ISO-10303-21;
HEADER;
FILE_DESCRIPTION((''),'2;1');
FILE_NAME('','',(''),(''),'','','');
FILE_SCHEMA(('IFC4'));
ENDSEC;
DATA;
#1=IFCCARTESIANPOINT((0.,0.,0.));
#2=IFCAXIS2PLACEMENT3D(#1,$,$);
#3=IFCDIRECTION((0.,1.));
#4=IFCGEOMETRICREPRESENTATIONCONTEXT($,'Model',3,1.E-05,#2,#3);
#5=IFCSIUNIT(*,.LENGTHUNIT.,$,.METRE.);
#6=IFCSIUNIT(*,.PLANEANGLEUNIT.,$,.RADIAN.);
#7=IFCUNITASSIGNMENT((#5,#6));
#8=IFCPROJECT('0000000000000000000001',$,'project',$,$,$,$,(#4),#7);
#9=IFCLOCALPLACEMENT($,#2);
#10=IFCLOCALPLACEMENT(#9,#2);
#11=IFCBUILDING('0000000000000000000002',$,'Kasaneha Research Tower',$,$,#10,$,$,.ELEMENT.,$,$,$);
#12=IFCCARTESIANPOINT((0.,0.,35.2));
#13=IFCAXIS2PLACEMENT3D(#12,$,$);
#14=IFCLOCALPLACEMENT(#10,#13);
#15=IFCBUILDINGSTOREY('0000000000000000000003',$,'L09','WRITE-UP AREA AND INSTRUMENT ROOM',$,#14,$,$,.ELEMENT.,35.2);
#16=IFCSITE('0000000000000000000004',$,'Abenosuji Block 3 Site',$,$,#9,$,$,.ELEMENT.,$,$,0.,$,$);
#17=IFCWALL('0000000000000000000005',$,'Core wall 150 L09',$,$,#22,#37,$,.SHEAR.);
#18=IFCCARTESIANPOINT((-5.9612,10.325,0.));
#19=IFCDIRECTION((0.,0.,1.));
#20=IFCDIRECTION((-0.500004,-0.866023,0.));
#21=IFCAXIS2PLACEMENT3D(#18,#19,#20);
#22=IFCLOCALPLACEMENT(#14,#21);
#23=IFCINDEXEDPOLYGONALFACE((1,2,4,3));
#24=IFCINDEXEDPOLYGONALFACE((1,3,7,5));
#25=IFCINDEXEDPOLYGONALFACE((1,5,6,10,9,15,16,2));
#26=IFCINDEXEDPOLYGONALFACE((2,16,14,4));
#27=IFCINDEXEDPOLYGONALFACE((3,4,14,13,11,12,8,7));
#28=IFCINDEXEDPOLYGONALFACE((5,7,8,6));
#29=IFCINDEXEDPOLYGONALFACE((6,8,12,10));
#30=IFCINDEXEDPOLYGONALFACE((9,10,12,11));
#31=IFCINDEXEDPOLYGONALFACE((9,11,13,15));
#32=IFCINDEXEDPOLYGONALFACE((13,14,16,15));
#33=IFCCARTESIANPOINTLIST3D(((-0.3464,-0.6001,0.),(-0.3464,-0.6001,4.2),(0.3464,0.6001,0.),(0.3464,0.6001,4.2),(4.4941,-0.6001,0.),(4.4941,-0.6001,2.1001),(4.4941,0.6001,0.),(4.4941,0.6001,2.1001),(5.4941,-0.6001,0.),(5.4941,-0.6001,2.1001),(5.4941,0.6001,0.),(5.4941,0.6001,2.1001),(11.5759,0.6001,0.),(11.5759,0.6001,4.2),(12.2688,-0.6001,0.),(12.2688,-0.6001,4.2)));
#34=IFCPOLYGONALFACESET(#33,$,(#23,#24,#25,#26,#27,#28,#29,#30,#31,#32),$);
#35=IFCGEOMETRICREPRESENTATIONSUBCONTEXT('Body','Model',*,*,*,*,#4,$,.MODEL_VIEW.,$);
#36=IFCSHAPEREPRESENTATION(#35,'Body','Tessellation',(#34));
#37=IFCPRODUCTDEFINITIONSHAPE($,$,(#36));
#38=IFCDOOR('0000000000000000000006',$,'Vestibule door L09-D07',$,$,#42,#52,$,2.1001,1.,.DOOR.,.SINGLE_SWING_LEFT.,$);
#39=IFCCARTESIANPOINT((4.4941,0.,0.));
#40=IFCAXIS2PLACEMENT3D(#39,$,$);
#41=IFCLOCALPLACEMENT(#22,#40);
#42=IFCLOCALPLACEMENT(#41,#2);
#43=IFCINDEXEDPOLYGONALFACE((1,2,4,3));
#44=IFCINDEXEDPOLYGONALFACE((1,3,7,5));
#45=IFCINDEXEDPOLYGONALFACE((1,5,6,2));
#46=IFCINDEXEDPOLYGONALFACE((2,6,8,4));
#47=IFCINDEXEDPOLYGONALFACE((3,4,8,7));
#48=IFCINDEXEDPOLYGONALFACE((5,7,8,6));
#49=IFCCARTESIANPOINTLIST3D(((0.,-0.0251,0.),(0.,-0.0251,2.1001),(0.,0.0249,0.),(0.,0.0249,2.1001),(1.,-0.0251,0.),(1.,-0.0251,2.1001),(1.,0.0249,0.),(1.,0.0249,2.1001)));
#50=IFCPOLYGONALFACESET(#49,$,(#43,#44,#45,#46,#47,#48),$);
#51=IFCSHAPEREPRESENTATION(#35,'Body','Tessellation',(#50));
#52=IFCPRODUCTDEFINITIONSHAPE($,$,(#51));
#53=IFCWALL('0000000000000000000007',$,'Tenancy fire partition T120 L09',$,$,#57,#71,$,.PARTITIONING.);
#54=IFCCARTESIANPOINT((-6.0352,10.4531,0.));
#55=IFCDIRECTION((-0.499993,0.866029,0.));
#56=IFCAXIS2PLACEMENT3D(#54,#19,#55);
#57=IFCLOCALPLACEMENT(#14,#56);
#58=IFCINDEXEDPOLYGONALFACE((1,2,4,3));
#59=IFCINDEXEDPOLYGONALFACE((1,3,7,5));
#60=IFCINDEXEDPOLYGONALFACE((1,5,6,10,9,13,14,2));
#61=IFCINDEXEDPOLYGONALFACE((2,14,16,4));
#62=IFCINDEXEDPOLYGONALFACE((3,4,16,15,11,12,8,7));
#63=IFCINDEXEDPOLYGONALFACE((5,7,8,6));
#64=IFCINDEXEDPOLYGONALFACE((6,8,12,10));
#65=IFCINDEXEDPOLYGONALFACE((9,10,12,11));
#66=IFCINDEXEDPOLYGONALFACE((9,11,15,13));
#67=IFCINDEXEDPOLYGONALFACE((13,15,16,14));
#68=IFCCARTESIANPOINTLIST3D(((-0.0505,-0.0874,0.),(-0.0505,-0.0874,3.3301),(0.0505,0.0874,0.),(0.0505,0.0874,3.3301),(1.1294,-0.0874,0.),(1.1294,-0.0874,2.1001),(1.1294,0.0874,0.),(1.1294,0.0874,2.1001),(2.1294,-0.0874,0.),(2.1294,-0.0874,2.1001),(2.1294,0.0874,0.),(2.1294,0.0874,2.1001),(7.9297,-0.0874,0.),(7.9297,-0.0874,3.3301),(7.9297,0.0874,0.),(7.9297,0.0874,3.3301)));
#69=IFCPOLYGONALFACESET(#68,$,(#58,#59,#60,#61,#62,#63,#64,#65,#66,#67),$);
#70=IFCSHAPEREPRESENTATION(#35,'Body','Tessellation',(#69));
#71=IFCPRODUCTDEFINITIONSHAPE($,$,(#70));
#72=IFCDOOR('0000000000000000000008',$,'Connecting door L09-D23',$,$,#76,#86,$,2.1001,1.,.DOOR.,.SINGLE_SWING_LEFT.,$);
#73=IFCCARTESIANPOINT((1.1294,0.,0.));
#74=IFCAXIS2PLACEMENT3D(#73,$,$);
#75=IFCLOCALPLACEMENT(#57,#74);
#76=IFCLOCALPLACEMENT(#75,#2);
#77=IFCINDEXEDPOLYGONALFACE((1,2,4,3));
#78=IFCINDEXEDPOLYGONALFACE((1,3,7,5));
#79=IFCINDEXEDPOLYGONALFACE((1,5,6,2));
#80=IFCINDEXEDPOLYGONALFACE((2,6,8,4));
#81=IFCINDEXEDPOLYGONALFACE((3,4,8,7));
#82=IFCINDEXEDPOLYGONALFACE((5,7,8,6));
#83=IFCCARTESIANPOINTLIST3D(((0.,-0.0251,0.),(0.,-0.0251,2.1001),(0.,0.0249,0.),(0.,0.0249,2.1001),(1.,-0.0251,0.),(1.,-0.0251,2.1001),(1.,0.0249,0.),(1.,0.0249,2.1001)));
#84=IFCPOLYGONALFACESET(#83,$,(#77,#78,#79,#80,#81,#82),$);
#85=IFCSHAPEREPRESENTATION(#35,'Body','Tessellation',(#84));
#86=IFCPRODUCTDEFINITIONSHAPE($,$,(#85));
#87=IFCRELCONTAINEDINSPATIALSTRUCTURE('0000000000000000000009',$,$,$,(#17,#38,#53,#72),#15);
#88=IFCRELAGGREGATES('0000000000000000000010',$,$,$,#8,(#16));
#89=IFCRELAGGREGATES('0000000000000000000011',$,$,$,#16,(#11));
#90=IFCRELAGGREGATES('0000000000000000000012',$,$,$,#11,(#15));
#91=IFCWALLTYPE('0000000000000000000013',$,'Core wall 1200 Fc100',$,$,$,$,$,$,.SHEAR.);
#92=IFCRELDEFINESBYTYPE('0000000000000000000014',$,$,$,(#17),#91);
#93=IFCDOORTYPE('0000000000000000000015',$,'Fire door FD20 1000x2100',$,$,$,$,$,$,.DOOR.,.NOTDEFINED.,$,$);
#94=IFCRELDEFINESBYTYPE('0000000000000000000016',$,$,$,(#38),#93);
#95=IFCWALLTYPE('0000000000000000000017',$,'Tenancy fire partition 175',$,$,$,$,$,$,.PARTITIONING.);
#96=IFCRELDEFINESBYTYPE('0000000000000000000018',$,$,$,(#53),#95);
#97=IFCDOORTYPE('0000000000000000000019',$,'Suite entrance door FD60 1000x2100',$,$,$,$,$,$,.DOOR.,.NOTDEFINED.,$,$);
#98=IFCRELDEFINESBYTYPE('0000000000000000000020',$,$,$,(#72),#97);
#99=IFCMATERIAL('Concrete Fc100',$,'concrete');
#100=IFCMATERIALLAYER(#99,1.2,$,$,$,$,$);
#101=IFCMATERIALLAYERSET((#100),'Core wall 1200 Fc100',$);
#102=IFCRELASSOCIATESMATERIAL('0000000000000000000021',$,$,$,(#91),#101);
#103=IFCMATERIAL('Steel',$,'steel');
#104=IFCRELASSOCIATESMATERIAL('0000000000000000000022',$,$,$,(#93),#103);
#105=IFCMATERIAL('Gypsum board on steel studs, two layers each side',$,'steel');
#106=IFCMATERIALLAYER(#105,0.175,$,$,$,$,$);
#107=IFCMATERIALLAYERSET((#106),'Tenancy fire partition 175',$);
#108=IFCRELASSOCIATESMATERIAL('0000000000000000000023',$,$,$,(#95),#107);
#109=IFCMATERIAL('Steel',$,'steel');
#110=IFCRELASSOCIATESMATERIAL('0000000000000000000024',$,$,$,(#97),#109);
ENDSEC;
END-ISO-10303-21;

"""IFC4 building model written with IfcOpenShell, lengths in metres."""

from ifc_helpers import new_model, si_unit, direction, frame, frame_2d, origin, place, context, subcontext, project, spatial, polyline, rectangle, outline, extrude, material, layer, layer_set, type_object, element, fill, save


model = new_model("IFC4")

# Units and contexts
model_context = context("Model", 3, precision=1e-05, world=origin(), true_north=direction((0.0, 1.0)))
body_context = subcontext(model_context, "Body", "Model", "MODEL_VIEW")
ifc_project = project(units=[si_unit("LENGTHUNIT", "METRE"), si_unit("PLANEANGLEUNIT", "RADIAN")], contexts=[model_context])

# Site, building, storey
site_placement = place(None, origin())
site = spatial("IfcSite", under=ifc_project, at=site_placement, Name="Abenosuji Block 3 Site", CompositionType="ELEMENT", RefElevation=0.0)
building_placement = place(site_placement, origin())
building = spatial("IfcBuilding", under=site, at=building_placement, Name="Kasaneha Research Tower", CompositionType="ELEMENT")
storey_placement = place(building_placement, frame((0.0, 0.0, 35.2)))
storey = spatial("IfcBuildingStorey", under=building, at=storey_placement, Name="L09", Description="WRITE-UP AREA AND INSTRUMENT ROOM", CompositionType="ELEMENT", Elevation=35.2)

# Wall, opening, door
ifc_material_1 = material(Name="Concrete Fc100", Category="concrete")
ifc_layer_1 = layer(ifc_material_1, 1.2)
ifc_layer_set_1 = layer_set([ifc_layer_1], Name="Core wall 1200 Fc100")
wall_type_1 = type_object("IfcWallType", Name="Core wall 1200 Fc100", PredefinedType="SHEAR", material=ifc_layer_set_1)
wall_1_placement = place(storey_placement, frame((-5.9612, 10.325, 0.0), z_axis=(0.0, 0.0, 1.0), x_axis=(-0.500004, -0.866023, 0.0)))
wall_1 = element("IfcWall", 1, at=wall_1_placement, inside=storey, type_object=wall_type_1, Name="Core wall 150 L09", PredefinedType="SHEAR", context=body_context, shape_type="SweptSolid", body=[
    extrude(outline(polyline([(-0.3464, -0.6001), (4.4941, -0.6001), (5.4941, -0.6001), (12.2688, -0.6001), (11.5759, 0.6001), (5.4941, 0.6001), (4.4941, 0.6001), (0.3464, 0.6001), (-0.3464, -0.6001)])), origin(), (0.0, 0.0, 1.0), 4.2),
])
opening_1_placement = place(wall_1_placement, frame((4.4941, 0.0, 0.0)))
opening_1 = element("IfcOpeningElement", 2, at=opening_1_placement, cuts=wall_1, PredefinedType="OPENING", context=body_context, shape_type="SweptSolid", body=[
    extrude(rectangle(XDim=1.0, YDim=2.1001, at=frame_2d((0.5, 1.05))), frame((0.0, 0.6099, 0.0), z_axis=(0.0, -1.0, 0.0), x_axis=(1.0, 0.0, 0.0)), (0.0, 0.0, 1.0), 1.22),
])
ifc_material_2 = material(Name="Steel", Category="steel")
door_type_1 = type_object("IfcDoorType", Name="Fire door FD20 1000x2100", OperationType="NOTDEFINED", PredefinedType="DOOR", material=ifc_material_2)
door_1_placement = place(opening_1_placement, origin())
door_1 = element("IfcDoor", 3, at=door_1_placement, inside=storey, type_object=door_type_1, Name="Vestibule door L09-D07", OperationType="SINGLE_SWING_LEFT", OverallHeight=2.1001, OverallWidth=1.0, PredefinedType="DOOR", context=body_context, shape_type="SweptSolid", body=[
    extrude(rectangle(XDim=1.0, YDim=2.1001, at=frame_2d((0.5, 1.05))), frame((0.0, 0.0249, 0.0), z_axis=(0.0, -1.0, 0.0), x_axis=(1.0, 0.0, 0.0)), (0.0, 0.0, 1.0), 0.05),
])
fill(opening_1, door_1)

# Wall, opening, door
ifc_material_3 = material(Name="Gypsum board on steel studs, two layers each side", Category="steel")
ifc_layer_2 = layer(ifc_material_3, 0.175)
ifc_layer_set_2 = layer_set([ifc_layer_2], Name="Tenancy fire partition 175")
wall_type_2 = type_object("IfcWallType", Name="Tenancy fire partition 175", PredefinedType="PARTITIONING", material=ifc_layer_set_2)
wall_2_placement = place(storey_placement, frame((-6.0352, 10.4531, 0.0), z_axis=(0.0, 0.0, 1.0), x_axis=(-0.499993, 0.866029, 0.0)))
wall_2 = element("IfcWall", 4, at=wall_2_placement, inside=storey, type_object=wall_type_2, Name="Tenancy fire partition T120 L09", PredefinedType="PARTITIONING", context=body_context, shape_type="SweptSolid", body=[
    extrude(outline(polyline([(-0.0505, -0.0874), (1.1294, -0.0874), (2.1294, -0.0874), (7.9297, -0.0874), (7.9297, 0.0874), (2.1294, 0.0874), (1.1294, 0.0874), (0.0505, 0.0874), (-0.0505, -0.0874)])), origin(), (0.0, 0.0, 1.0), 3.3301),
])
opening_2_placement = place(wall_2_placement, frame((1.1294, 0.0, 0.0)))
opening_2 = element("IfcOpeningElement", 5, at=opening_2_placement, cuts=wall_2, PredefinedType="OPENING", context=body_context, shape_type="SweptSolid", body=[
    extrude(rectangle(XDim=1.0, YDim=2.1001, at=frame_2d((0.5, 1.05))), frame((0.0, 0.0977, 0.0), z_axis=(0.0, -1.0, 0.0), x_axis=(1.0, 0.0, 0.0)), (0.0, 0.0, 1.0), 0.1951),
])
ifc_material_4 = material(Name="Steel", Category="steel")
door_type_2 = type_object("IfcDoorType", Name="Suite entrance door FD60 1000x2100", OperationType="NOTDEFINED", PredefinedType="DOOR", material=ifc_material_4)
door_2_placement = place(opening_2_placement, origin())
door_2 = element("IfcDoor", 6, at=door_2_placement, inside=storey, type_object=door_type_2, Name="Connecting door L09-D23", OperationType="SINGLE_SWING_LEFT", OverallHeight=2.1001, OverallWidth=1.0, PredefinedType="DOOR", context=body_context, shape_type="SweptSolid", body=[
    extrude(rectangle(XDim=1.0, YDim=2.1001, at=frame_2d((0.5, 1.05))), frame((0.0, 0.0249, 0.0), z_axis=(0.0, -1.0, 0.0), x_axis=(1.0, 0.0, 0.0)), (0.0, 0.0, 1.0), 0.05),
])
fill(opening_2, door_2)

save(model, "model.ifc")
